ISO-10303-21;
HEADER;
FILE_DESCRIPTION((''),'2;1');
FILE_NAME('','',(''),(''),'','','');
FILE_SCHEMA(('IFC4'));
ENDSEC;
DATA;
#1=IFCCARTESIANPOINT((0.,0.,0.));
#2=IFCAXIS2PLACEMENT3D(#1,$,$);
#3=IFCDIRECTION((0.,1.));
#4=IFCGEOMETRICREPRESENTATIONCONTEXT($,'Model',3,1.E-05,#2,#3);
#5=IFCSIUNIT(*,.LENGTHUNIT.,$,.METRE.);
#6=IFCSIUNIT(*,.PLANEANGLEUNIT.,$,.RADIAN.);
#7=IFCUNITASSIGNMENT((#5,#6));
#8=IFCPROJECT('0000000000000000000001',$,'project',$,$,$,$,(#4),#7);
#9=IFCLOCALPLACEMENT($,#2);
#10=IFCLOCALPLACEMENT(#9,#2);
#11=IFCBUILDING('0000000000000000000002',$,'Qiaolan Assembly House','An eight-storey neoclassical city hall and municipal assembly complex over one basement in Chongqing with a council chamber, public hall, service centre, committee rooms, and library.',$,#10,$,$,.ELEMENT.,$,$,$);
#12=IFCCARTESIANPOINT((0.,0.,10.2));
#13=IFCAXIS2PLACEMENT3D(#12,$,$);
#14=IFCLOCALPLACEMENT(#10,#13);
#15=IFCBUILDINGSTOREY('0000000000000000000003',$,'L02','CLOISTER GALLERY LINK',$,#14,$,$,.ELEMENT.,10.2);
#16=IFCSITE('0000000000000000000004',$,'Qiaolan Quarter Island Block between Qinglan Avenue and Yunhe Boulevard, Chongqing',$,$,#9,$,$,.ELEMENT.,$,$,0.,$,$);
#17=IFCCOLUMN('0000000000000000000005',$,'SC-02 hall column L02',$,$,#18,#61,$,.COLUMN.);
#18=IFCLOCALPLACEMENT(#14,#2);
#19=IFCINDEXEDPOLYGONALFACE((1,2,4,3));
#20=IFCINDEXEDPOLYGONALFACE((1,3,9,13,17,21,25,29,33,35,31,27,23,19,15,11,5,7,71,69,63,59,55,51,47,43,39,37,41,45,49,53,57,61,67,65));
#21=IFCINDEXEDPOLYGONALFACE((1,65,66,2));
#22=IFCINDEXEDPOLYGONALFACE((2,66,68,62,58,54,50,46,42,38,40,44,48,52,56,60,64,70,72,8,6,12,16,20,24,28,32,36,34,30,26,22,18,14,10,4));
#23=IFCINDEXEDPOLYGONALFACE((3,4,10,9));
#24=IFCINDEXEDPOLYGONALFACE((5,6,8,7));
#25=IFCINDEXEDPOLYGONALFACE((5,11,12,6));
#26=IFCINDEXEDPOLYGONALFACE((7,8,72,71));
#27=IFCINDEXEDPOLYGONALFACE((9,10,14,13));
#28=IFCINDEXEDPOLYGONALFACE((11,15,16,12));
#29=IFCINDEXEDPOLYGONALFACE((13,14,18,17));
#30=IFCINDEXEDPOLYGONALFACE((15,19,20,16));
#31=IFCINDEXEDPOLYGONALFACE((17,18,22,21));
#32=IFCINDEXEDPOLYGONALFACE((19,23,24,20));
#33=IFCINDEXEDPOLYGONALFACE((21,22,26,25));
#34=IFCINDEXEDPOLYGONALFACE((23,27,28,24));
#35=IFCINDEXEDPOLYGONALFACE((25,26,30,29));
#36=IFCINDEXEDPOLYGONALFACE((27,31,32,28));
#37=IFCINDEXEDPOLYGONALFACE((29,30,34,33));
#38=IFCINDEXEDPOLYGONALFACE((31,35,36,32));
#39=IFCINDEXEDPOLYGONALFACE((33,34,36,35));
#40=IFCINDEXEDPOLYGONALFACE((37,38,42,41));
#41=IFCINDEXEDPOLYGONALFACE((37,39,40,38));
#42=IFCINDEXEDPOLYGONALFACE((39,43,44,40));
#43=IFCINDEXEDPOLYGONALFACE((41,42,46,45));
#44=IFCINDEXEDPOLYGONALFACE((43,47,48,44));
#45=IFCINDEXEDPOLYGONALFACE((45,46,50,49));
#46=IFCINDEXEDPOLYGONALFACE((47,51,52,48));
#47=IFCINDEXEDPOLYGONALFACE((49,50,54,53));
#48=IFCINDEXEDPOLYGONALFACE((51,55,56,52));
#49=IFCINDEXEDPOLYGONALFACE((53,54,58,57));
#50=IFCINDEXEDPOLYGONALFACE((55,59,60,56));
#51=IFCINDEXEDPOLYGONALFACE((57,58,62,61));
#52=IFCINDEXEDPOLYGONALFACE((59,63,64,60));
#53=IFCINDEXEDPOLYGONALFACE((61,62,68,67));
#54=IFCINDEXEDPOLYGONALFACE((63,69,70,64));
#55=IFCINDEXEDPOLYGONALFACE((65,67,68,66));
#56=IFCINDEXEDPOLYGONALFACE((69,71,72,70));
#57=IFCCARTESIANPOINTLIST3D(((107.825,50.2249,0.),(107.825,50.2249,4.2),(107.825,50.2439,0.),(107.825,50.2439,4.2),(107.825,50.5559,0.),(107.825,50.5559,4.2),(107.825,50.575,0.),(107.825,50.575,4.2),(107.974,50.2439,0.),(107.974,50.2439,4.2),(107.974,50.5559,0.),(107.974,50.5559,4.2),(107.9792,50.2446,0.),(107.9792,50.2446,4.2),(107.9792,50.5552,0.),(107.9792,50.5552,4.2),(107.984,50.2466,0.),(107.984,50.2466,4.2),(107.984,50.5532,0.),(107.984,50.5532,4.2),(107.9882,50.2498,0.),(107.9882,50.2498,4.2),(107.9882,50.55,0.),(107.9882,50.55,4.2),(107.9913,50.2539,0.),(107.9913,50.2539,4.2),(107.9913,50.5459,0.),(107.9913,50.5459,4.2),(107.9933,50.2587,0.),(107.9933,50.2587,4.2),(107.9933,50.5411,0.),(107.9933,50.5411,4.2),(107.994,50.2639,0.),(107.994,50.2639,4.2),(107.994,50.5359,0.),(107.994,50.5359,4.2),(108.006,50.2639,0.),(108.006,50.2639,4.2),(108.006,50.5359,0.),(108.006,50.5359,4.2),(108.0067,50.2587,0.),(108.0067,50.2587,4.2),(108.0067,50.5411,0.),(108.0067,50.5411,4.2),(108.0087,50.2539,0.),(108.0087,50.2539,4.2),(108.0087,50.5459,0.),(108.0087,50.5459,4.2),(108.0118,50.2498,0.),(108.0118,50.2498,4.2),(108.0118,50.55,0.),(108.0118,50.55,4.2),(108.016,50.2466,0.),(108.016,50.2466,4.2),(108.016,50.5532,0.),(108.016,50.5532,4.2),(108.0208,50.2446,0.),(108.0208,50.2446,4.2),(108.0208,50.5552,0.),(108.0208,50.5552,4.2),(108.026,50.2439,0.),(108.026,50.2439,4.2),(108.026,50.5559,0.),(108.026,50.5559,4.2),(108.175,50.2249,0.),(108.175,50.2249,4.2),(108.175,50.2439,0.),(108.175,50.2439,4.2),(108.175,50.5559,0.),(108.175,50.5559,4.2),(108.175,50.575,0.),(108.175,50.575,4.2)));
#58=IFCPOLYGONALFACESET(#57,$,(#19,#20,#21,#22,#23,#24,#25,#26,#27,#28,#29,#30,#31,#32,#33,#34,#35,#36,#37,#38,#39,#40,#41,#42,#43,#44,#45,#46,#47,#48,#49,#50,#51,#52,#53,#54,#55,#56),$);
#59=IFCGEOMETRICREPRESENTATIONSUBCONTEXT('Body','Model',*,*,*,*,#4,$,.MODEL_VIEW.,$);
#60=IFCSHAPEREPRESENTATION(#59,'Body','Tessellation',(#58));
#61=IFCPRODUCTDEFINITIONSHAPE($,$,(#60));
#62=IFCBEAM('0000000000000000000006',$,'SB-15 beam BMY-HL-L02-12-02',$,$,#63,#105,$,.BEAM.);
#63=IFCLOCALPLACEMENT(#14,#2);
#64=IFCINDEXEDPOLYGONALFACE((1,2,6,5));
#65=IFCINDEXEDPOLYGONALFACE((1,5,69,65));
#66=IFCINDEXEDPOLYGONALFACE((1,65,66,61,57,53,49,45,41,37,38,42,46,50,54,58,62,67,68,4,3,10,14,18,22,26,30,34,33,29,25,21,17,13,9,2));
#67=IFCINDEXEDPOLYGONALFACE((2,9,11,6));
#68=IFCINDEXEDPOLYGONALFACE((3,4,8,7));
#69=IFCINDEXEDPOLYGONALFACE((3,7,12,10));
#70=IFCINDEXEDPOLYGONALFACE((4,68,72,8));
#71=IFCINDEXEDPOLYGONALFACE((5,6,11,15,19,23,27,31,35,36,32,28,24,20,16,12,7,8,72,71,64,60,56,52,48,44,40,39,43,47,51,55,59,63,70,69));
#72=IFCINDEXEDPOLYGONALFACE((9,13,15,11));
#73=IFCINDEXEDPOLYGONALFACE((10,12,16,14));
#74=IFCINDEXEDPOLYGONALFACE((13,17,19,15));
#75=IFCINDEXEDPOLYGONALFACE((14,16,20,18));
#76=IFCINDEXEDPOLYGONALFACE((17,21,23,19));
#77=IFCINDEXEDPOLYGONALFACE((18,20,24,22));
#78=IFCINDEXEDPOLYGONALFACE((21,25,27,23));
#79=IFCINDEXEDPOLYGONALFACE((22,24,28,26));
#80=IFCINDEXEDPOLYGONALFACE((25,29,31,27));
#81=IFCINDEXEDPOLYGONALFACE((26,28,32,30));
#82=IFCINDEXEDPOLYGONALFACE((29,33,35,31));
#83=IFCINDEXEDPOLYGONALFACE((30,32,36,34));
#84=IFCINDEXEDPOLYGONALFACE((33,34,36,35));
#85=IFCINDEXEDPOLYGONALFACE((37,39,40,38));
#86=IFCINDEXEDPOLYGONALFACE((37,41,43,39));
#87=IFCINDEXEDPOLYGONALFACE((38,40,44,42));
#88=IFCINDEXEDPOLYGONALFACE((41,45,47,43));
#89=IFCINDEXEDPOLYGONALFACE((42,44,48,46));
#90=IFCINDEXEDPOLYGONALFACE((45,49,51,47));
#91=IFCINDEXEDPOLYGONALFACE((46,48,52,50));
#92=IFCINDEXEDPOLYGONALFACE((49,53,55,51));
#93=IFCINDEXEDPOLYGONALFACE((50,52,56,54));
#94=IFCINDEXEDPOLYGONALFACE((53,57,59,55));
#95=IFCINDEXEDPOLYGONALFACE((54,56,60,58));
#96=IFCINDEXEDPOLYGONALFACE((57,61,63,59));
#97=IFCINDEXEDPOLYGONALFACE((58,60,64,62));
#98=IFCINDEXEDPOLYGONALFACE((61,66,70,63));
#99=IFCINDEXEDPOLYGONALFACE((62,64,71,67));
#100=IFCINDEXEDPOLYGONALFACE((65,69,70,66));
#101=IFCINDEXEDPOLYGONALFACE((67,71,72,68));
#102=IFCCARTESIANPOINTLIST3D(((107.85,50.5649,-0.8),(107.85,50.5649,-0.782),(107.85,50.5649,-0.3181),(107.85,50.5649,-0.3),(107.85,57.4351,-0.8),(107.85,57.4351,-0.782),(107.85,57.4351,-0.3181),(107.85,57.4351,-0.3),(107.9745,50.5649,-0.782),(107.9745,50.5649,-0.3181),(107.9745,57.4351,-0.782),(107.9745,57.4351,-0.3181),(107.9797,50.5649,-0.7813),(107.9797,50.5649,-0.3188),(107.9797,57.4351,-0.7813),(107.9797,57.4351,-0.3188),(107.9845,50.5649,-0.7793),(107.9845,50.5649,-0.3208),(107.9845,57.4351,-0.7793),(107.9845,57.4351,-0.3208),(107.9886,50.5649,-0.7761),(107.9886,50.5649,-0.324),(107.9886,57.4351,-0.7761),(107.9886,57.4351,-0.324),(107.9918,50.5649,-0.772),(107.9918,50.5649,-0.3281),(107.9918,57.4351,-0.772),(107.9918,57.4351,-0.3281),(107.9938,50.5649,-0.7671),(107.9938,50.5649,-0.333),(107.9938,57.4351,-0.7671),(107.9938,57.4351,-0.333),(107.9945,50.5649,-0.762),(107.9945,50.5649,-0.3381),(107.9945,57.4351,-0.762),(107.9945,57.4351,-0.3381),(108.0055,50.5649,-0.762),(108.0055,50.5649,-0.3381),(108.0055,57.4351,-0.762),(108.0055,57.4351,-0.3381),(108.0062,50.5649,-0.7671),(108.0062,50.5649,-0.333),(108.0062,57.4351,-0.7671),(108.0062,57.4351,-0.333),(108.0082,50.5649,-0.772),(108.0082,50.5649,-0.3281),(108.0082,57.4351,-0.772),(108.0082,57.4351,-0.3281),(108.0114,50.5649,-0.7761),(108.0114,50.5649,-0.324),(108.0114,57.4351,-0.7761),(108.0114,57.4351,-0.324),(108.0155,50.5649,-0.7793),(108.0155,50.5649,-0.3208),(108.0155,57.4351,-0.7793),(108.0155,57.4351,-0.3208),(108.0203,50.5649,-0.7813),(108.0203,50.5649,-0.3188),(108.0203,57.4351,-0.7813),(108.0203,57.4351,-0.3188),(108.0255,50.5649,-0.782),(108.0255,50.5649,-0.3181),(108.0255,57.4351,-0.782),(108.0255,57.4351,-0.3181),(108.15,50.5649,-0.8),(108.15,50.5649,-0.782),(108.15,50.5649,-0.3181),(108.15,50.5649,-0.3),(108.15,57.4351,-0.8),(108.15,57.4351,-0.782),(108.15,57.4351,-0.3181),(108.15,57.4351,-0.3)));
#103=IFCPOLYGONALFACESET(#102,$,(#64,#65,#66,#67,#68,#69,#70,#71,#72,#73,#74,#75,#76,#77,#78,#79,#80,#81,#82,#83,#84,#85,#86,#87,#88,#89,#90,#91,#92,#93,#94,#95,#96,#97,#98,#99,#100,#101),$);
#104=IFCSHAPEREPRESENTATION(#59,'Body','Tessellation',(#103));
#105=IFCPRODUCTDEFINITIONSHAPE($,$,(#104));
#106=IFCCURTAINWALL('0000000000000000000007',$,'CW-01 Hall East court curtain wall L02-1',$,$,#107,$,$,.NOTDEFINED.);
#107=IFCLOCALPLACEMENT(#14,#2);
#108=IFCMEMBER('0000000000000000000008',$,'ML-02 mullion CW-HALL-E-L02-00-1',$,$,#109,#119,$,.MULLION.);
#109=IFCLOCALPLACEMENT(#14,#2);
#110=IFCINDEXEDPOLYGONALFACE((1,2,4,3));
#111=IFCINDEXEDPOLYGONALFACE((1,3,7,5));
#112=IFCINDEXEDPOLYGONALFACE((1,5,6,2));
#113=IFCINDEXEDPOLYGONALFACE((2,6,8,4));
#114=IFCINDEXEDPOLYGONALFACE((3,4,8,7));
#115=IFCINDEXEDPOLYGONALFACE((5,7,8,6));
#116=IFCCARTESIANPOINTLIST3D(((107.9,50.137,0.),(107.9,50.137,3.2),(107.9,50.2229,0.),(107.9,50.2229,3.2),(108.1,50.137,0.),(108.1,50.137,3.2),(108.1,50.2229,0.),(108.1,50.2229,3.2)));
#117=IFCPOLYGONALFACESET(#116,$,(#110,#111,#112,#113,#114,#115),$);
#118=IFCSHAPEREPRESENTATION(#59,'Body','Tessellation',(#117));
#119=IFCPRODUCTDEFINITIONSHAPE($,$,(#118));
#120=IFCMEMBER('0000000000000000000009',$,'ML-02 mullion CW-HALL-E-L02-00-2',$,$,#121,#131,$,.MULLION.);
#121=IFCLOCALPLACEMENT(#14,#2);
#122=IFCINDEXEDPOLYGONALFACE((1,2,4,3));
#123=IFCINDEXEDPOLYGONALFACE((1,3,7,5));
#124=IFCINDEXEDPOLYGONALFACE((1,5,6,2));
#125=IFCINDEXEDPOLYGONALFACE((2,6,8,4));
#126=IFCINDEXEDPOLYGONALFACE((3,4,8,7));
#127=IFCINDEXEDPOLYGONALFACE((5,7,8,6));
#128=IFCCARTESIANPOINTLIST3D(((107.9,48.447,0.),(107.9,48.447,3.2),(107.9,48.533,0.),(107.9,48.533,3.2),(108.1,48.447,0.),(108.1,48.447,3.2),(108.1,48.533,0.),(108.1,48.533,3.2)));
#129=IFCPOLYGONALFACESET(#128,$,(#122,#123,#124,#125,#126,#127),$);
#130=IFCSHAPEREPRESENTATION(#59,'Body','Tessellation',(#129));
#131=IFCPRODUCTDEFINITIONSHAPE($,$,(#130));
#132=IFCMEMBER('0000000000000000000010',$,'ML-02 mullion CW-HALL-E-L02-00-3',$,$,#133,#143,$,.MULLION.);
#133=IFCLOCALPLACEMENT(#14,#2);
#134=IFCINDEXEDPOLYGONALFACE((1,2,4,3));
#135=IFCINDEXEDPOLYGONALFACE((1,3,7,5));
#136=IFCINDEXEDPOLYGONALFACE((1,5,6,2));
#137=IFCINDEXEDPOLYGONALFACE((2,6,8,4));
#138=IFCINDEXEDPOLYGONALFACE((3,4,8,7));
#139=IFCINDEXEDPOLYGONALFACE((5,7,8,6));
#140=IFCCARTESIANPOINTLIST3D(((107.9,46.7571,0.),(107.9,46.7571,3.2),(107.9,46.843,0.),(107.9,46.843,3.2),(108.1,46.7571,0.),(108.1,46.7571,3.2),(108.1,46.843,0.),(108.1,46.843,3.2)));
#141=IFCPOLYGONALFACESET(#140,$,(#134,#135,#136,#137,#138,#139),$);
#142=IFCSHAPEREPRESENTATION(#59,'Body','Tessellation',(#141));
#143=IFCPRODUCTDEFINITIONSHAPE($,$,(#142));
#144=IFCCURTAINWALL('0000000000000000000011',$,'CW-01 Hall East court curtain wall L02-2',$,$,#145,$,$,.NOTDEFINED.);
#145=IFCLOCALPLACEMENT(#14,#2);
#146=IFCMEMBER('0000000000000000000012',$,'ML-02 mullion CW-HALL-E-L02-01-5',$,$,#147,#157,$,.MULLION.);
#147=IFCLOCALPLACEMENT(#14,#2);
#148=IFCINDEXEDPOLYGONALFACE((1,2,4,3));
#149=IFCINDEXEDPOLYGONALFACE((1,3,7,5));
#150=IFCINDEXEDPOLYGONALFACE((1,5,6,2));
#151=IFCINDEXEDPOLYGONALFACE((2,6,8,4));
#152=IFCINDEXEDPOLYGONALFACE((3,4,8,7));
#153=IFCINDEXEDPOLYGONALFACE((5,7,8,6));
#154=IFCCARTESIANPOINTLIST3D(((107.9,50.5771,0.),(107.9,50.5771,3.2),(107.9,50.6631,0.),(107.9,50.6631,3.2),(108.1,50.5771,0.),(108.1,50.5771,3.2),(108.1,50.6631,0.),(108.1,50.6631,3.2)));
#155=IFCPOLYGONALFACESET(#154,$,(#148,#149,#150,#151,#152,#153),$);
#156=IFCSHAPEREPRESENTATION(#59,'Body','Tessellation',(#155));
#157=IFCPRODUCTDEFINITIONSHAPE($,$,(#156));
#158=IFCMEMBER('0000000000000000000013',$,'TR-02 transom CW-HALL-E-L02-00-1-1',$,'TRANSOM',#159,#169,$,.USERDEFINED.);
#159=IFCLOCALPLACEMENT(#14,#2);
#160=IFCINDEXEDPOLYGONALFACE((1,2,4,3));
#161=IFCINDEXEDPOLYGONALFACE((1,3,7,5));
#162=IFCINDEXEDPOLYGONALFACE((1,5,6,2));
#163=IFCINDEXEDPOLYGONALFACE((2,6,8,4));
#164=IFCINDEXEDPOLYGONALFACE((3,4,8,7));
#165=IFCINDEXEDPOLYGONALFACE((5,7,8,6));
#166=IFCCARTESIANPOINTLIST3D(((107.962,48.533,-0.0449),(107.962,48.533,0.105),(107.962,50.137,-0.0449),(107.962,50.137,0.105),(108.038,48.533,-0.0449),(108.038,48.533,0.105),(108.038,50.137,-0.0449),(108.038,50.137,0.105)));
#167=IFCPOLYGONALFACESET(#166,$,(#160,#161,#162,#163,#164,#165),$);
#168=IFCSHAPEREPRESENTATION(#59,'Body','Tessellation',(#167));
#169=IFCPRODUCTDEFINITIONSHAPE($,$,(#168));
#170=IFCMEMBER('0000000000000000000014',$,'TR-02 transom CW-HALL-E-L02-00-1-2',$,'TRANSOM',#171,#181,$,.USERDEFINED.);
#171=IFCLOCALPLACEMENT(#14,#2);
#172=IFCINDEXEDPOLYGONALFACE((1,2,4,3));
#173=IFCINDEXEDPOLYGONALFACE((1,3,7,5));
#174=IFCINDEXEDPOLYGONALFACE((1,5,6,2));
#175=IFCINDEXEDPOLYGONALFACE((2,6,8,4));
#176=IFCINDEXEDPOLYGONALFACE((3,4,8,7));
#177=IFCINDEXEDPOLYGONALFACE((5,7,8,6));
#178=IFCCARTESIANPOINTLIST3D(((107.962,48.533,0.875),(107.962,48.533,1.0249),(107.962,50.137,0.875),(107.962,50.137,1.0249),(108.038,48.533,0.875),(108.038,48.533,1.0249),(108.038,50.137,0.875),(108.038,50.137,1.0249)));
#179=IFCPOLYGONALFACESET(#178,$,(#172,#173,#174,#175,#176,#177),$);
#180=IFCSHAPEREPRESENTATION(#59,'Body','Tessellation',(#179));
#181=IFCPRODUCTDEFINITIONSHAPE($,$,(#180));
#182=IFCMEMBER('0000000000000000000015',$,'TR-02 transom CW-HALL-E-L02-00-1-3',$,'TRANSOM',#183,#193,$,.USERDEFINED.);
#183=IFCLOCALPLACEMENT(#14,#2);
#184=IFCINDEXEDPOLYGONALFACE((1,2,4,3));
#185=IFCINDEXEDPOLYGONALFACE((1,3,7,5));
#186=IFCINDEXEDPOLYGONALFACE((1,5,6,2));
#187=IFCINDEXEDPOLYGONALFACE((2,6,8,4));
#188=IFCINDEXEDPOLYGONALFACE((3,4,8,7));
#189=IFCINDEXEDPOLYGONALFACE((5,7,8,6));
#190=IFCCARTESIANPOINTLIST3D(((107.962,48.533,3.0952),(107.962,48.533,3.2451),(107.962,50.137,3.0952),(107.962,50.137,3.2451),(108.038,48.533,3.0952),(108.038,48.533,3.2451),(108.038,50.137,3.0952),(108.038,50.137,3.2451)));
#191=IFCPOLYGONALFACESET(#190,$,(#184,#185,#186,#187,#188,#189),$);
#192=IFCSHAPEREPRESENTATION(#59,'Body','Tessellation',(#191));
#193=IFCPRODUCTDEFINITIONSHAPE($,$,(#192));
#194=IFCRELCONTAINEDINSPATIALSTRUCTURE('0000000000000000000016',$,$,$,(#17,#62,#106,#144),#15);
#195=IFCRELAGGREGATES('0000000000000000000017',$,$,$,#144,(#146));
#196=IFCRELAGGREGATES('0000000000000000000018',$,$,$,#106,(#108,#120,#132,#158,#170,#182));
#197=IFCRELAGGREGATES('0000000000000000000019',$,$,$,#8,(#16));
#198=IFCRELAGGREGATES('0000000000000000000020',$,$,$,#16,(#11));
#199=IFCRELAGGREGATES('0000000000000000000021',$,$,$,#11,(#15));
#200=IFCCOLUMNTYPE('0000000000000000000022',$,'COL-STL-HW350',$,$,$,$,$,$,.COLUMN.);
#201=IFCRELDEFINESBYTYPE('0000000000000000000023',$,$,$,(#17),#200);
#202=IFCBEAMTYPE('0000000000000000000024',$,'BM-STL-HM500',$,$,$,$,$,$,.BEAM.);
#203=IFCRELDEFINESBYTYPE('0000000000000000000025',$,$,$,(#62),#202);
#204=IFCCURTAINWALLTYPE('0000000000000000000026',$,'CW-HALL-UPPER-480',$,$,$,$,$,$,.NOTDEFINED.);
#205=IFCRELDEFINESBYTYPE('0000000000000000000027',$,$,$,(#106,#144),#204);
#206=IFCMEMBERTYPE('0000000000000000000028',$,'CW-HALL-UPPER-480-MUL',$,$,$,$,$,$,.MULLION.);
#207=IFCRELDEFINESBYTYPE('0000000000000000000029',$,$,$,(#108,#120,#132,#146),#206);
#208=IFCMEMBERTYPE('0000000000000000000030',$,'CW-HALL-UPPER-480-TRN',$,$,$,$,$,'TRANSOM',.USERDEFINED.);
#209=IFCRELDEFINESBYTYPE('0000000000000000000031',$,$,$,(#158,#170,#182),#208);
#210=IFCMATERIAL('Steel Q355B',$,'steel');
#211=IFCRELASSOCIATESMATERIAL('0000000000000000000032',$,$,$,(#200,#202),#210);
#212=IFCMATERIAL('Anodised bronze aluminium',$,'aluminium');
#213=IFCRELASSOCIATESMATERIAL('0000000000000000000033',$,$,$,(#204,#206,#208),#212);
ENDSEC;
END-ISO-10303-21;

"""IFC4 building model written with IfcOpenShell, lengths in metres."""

from ifc_helpers import new_model, si_unit, direction, frame, origin, origin_2d, place, context, subcontext, project, spatial, rectangle, i_section, extrude, material, material_profile, profile_set, type_object, element, aggregate, save


model = new_model("IFC4")

# Units and contexts
model_context = context("Model", 3, precision=1e-05, world=origin(), true_north=direction((0.0, 1.0)))
body_context = subcontext(model_context, "Body", "Model", "MODEL_VIEW")
ifc_project = project(units=[si_unit("LENGTHUNIT", "METRE"), si_unit("PLANEANGLEUNIT", "RADIAN")], contexts=[model_context])

# Site, building, storey
site_placement = place(None, origin())
site = spatial("IfcSite", under=ifc_project, at=site_placement, Name="Qiaolan Quarter Island Block between Qinglan Avenue and Yunhe Boulevard, Chongqing", CompositionType="ELEMENT", RefElevation=0.0)
building_placement = place(site_placement, origin())
building = spatial("IfcBuilding", under=site, at=building_placement, Name="Qiaolan Assembly House", Description="An eight-storey neoclassical city hall and municipal assembly complex over one basement in Chongqing with a council chamber, public hall, service centre, committee rooms, and library.", CompositionType="ELEMENT")
storey_placement = place(building_placement, frame((0.0, 0.0, 10.2)))
storey = spatial("IfcBuildingStorey", under=building, at=storey_placement, Name="L02", Description="CLOISTER GALLERY LINK", CompositionType="ELEMENT", Elevation=10.2)

# Column
ifc_material_1 = material(Name="Steel Q355B", Category="steel")
ifc_material_profile_1 = material_profile(ifc_material_1, i_section(OverallWidth=0.3501, OverallDepth=0.3501, WebThickness=0.012, FlangeThickness=0.019, FilletRadius=0.02, at=origin_2d()), Name="HW 350x350x12x19")
ifc_profile_set_1 = profile_set([ifc_material_profile_1], Name="Steel Q355B")
column_type = type_object("IfcColumnType", Name="COL-STL-HW350", PredefinedType="COLUMN", material=ifc_profile_set_1)
column_placement = place(storey_placement, frame((108.0, 50.3999, 0.0), z_axis=(0.0, 0.0, 1.0), x_axis=(1.0, 0.0, 0.0)))
element("IfcColumn", 1, at=column_placement, inside=storey, type_object=column_type, Name="SC-02 hall column L02", PredefinedType="COLUMN", context=body_context, shape_type="SweptSolid", body=[
    extrude(i_section(OverallWidth=0.3501, OverallDepth=0.3501, WebThickness=0.012, FlangeThickness=0.019, FilletRadius=0.02, at=origin_2d()), origin(), (0.0, 0.0, 1.0), 4.2),
])

# Beam
ifc_material_profile_2 = material_profile(ifc_material_1, i_section(OverallWidth=0.3, OverallDepth=0.5, WebThickness=0.011, FlangeThickness=0.0181, FilletRadius=0.02, at=origin_2d()), Name="HM 500x300x11x18")
ifc_profile_set_2 = profile_set([ifc_material_profile_2], Name="Steel Q355B")
beam_type_1 = type_object("IfcBeamType", Name="BM-STL-HM500", PredefinedType="BEAM", material=ifc_profile_set_2)
beam_placement = place(storey_placement, frame((108.0, 50.5649, -0.55), z_axis=(0.0, 1.0, 0.0), x_axis=(-1.0, 0.0, 0.0)))
element("IfcBeam", 2, at=beam_placement, inside=storey, type_object=beam_type_1, Name="SB-15 beam BMY-HL-L02-12-02", PredefinedType="BEAM", context=body_context, shape_type="SweptSolid", body=[
    extrude(i_section(OverallWidth=0.3, OverallDepth=0.5, WebThickness=0.011, FlangeThickness=0.0181, FilletRadius=0.02, at=origin_2d()), origin(), (0.0, 0.0, 1.0), 6.8701),
])

# Curtain wall, members
ifc_material_2 = material(Name="Anodised bronze aluminium", Category="aluminium")
curtain_wall_type = type_object("IfcCurtainWallType", Name="CW-HALL-UPPER-480", PredefinedType="NOTDEFINED", material=ifc_material_2)
curtain_wall_1_placement = place(storey_placement, origin())
curtain_wall_1 = element("IfcCurtainWall", 3, at=curtain_wall_1_placement, inside=storey, type_object=curtain_wall_type, Name="CW-01 Hall East court curtain wall L02-1", PredefinedType="NOTDEFINED")
ifc_material_profile_3 = material_profile(ifc_material_2, rectangle(XDim=0.0859, YDim=0.2, at=origin_2d()), Name="MUL 86x200")
ifc_profile_set_3 = profile_set([ifc_material_profile_3], Name="Anodised bronze aluminium")
member_type_1 = type_object("IfcMemberType", Name="CW-HALL-UPPER-480-MUL", PredefinedType="MULLION", material=ifc_profile_set_3)
member_1_placement = place(storey_placement, frame((108.0, 50.1799, 0.0), z_axis=(0.0, 0.0, 1.0), x_axis=(0.0, -1.0, 0.0)))
member_1 = element("IfcMember", 4, at=member_1_placement, type_object=member_type_1, Name="ML-02 mullion CW-HALL-E-L02-00-1", PredefinedType="MULLION", context=body_context, shape_type="SweptSolid", body=[
    extrude(rectangle(XDim=0.0859, YDim=0.2, at=origin_2d()), origin(), (0.0, 0.0, 1.0), 3.2),
])
member_2_placement = place(storey_placement, frame((108.0, 48.49, 0.0), z_axis=(0.0, 0.0, 1.0), x_axis=(0.0, -1.0, 0.0)))
member_2 = element("IfcMember", 5, at=member_2_placement, type_object=member_type_1, Name="ML-02 mullion CW-HALL-E-L02-00-2", PredefinedType="MULLION", context=body_context, shape_type="SweptSolid", body=[
    extrude(rectangle(XDim=0.0859, YDim=0.2, at=origin_2d()), origin(), (0.0, 0.0, 1.0), 3.2),
])
member_3_placement = place(storey_placement, frame((108.0, 46.8, 0.0), z_axis=(0.0, 0.0, 1.0), x_axis=(0.0, -1.0, 0.0)))
member_3 = element("IfcMember", 6, at=member_3_placement, type_object=member_type_1, Name="ML-02 mullion CW-HALL-E-L02-00-3", PredefinedType="MULLION", context=body_context, shape_type="SweptSolid", body=[
    extrude(rectangle(XDim=0.0859, YDim=0.2, at=origin_2d()), origin(), (0.0, 0.0, 1.0), 3.2),
])

# Curtain wall, member
curtain_wall_2_placement = place(storey_placement, origin())
curtain_wall_2 = element("IfcCurtainWall", 7, at=curtain_wall_2_placement, inside=storey, type_object=curtain_wall_type, Name="CW-01 Hall East court curtain wall L02-2", PredefinedType="NOTDEFINED")
member_4_placement = place(storey_placement, frame((108.0, 50.6201, 0.0), z_axis=(0.0, 0.0, 1.0), x_axis=(0.0, -1.0, 0.0)))
member_4 = element("IfcMember", 8, at=member_4_placement, type_object=member_type_1, Name="ML-02 mullion CW-HALL-E-L02-01-5", PredefinedType="MULLION", context=body_context, shape_type="SweptSolid", body=[
    extrude(rectangle(XDim=0.0859, YDim=0.2, at=origin_2d()), origin(), (0.0, 0.0, 1.0), 3.2),
])

# Members
ifc_material_profile_4 = material_profile(ifc_material_2, rectangle(XDim=0.0759, YDim=0.1499, at=origin_2d()), Name="TRN 76x150")
ifc_profile_set_4 = profile_set([ifc_material_profile_4], Name="Anodised bronze aluminium")
member_type_2 = type_object("IfcMemberType", Name="CW-HALL-UPPER-480-TRN", ElementType="TRANSOM", PredefinedType="USERDEFINED", material=ifc_profile_set_4)
member_5_placement = place(storey_placement, frame((108.0, 50.137, 0.03), z_axis=(0.0, -1.0, 0.0), x_axis=(1.0, 0.0, 0.0)))
member_5 = element("IfcMember", 9, at=member_5_placement, type_object=member_type_2, Name="TR-02 transom CW-HALL-E-L02-00-1-1", ObjectType="TRANSOM", PredefinedType="USERDEFINED", context=body_context, shape_type="SweptSolid", body=[
    extrude(rectangle(XDim=0.0759, YDim=0.1499, at=origin_2d()), origin(), (0.0, 0.0, 1.0), 1.604),
])
member_6_placement = place(storey_placement, frame((108.0, 50.137, 0.95), z_axis=(0.0, -1.0, 0.0), x_axis=(1.0, 0.0, 0.0)))
member_6 = element("IfcMember", 10, at=member_6_placement, type_object=member_type_2, Name="TR-02 transom CW-HALL-E-L02-00-1-2", ObjectType="TRANSOM", PredefinedType="USERDEFINED", context=body_context, shape_type="SweptSolid", body=[
    extrude(rectangle(XDim=0.0759, YDim=0.1499, at=origin_2d()), origin(), (0.0, 0.0, 1.0), 1.604),
])
member_7_placement = place(storey_placement, frame((108.0, 50.137, 3.1702), z_axis=(0.0, -1.0, 0.0), x_axis=(1.0, 0.0, 0.0)))
member_7 = element("IfcMember", 11, at=member_7_placement, type_object=member_type_2, Name="TR-02 transom CW-HALL-E-L02-00-1-3", ObjectType="TRANSOM", PredefinedType="USERDEFINED", context=body_context, shape_type="SweptSolid", body=[
    extrude(rectangle(XDim=0.0759, YDim=0.1499, at=origin_2d()), origin(), (0.0, 0.0, 1.0), 1.604),
])
aggregate(curtain_wall_2, [member_4])

aggregate(curtain_wall_1, [member_1, member_2, member_3, member_5, member_6, member_7])

save(model, "model.ifc")
